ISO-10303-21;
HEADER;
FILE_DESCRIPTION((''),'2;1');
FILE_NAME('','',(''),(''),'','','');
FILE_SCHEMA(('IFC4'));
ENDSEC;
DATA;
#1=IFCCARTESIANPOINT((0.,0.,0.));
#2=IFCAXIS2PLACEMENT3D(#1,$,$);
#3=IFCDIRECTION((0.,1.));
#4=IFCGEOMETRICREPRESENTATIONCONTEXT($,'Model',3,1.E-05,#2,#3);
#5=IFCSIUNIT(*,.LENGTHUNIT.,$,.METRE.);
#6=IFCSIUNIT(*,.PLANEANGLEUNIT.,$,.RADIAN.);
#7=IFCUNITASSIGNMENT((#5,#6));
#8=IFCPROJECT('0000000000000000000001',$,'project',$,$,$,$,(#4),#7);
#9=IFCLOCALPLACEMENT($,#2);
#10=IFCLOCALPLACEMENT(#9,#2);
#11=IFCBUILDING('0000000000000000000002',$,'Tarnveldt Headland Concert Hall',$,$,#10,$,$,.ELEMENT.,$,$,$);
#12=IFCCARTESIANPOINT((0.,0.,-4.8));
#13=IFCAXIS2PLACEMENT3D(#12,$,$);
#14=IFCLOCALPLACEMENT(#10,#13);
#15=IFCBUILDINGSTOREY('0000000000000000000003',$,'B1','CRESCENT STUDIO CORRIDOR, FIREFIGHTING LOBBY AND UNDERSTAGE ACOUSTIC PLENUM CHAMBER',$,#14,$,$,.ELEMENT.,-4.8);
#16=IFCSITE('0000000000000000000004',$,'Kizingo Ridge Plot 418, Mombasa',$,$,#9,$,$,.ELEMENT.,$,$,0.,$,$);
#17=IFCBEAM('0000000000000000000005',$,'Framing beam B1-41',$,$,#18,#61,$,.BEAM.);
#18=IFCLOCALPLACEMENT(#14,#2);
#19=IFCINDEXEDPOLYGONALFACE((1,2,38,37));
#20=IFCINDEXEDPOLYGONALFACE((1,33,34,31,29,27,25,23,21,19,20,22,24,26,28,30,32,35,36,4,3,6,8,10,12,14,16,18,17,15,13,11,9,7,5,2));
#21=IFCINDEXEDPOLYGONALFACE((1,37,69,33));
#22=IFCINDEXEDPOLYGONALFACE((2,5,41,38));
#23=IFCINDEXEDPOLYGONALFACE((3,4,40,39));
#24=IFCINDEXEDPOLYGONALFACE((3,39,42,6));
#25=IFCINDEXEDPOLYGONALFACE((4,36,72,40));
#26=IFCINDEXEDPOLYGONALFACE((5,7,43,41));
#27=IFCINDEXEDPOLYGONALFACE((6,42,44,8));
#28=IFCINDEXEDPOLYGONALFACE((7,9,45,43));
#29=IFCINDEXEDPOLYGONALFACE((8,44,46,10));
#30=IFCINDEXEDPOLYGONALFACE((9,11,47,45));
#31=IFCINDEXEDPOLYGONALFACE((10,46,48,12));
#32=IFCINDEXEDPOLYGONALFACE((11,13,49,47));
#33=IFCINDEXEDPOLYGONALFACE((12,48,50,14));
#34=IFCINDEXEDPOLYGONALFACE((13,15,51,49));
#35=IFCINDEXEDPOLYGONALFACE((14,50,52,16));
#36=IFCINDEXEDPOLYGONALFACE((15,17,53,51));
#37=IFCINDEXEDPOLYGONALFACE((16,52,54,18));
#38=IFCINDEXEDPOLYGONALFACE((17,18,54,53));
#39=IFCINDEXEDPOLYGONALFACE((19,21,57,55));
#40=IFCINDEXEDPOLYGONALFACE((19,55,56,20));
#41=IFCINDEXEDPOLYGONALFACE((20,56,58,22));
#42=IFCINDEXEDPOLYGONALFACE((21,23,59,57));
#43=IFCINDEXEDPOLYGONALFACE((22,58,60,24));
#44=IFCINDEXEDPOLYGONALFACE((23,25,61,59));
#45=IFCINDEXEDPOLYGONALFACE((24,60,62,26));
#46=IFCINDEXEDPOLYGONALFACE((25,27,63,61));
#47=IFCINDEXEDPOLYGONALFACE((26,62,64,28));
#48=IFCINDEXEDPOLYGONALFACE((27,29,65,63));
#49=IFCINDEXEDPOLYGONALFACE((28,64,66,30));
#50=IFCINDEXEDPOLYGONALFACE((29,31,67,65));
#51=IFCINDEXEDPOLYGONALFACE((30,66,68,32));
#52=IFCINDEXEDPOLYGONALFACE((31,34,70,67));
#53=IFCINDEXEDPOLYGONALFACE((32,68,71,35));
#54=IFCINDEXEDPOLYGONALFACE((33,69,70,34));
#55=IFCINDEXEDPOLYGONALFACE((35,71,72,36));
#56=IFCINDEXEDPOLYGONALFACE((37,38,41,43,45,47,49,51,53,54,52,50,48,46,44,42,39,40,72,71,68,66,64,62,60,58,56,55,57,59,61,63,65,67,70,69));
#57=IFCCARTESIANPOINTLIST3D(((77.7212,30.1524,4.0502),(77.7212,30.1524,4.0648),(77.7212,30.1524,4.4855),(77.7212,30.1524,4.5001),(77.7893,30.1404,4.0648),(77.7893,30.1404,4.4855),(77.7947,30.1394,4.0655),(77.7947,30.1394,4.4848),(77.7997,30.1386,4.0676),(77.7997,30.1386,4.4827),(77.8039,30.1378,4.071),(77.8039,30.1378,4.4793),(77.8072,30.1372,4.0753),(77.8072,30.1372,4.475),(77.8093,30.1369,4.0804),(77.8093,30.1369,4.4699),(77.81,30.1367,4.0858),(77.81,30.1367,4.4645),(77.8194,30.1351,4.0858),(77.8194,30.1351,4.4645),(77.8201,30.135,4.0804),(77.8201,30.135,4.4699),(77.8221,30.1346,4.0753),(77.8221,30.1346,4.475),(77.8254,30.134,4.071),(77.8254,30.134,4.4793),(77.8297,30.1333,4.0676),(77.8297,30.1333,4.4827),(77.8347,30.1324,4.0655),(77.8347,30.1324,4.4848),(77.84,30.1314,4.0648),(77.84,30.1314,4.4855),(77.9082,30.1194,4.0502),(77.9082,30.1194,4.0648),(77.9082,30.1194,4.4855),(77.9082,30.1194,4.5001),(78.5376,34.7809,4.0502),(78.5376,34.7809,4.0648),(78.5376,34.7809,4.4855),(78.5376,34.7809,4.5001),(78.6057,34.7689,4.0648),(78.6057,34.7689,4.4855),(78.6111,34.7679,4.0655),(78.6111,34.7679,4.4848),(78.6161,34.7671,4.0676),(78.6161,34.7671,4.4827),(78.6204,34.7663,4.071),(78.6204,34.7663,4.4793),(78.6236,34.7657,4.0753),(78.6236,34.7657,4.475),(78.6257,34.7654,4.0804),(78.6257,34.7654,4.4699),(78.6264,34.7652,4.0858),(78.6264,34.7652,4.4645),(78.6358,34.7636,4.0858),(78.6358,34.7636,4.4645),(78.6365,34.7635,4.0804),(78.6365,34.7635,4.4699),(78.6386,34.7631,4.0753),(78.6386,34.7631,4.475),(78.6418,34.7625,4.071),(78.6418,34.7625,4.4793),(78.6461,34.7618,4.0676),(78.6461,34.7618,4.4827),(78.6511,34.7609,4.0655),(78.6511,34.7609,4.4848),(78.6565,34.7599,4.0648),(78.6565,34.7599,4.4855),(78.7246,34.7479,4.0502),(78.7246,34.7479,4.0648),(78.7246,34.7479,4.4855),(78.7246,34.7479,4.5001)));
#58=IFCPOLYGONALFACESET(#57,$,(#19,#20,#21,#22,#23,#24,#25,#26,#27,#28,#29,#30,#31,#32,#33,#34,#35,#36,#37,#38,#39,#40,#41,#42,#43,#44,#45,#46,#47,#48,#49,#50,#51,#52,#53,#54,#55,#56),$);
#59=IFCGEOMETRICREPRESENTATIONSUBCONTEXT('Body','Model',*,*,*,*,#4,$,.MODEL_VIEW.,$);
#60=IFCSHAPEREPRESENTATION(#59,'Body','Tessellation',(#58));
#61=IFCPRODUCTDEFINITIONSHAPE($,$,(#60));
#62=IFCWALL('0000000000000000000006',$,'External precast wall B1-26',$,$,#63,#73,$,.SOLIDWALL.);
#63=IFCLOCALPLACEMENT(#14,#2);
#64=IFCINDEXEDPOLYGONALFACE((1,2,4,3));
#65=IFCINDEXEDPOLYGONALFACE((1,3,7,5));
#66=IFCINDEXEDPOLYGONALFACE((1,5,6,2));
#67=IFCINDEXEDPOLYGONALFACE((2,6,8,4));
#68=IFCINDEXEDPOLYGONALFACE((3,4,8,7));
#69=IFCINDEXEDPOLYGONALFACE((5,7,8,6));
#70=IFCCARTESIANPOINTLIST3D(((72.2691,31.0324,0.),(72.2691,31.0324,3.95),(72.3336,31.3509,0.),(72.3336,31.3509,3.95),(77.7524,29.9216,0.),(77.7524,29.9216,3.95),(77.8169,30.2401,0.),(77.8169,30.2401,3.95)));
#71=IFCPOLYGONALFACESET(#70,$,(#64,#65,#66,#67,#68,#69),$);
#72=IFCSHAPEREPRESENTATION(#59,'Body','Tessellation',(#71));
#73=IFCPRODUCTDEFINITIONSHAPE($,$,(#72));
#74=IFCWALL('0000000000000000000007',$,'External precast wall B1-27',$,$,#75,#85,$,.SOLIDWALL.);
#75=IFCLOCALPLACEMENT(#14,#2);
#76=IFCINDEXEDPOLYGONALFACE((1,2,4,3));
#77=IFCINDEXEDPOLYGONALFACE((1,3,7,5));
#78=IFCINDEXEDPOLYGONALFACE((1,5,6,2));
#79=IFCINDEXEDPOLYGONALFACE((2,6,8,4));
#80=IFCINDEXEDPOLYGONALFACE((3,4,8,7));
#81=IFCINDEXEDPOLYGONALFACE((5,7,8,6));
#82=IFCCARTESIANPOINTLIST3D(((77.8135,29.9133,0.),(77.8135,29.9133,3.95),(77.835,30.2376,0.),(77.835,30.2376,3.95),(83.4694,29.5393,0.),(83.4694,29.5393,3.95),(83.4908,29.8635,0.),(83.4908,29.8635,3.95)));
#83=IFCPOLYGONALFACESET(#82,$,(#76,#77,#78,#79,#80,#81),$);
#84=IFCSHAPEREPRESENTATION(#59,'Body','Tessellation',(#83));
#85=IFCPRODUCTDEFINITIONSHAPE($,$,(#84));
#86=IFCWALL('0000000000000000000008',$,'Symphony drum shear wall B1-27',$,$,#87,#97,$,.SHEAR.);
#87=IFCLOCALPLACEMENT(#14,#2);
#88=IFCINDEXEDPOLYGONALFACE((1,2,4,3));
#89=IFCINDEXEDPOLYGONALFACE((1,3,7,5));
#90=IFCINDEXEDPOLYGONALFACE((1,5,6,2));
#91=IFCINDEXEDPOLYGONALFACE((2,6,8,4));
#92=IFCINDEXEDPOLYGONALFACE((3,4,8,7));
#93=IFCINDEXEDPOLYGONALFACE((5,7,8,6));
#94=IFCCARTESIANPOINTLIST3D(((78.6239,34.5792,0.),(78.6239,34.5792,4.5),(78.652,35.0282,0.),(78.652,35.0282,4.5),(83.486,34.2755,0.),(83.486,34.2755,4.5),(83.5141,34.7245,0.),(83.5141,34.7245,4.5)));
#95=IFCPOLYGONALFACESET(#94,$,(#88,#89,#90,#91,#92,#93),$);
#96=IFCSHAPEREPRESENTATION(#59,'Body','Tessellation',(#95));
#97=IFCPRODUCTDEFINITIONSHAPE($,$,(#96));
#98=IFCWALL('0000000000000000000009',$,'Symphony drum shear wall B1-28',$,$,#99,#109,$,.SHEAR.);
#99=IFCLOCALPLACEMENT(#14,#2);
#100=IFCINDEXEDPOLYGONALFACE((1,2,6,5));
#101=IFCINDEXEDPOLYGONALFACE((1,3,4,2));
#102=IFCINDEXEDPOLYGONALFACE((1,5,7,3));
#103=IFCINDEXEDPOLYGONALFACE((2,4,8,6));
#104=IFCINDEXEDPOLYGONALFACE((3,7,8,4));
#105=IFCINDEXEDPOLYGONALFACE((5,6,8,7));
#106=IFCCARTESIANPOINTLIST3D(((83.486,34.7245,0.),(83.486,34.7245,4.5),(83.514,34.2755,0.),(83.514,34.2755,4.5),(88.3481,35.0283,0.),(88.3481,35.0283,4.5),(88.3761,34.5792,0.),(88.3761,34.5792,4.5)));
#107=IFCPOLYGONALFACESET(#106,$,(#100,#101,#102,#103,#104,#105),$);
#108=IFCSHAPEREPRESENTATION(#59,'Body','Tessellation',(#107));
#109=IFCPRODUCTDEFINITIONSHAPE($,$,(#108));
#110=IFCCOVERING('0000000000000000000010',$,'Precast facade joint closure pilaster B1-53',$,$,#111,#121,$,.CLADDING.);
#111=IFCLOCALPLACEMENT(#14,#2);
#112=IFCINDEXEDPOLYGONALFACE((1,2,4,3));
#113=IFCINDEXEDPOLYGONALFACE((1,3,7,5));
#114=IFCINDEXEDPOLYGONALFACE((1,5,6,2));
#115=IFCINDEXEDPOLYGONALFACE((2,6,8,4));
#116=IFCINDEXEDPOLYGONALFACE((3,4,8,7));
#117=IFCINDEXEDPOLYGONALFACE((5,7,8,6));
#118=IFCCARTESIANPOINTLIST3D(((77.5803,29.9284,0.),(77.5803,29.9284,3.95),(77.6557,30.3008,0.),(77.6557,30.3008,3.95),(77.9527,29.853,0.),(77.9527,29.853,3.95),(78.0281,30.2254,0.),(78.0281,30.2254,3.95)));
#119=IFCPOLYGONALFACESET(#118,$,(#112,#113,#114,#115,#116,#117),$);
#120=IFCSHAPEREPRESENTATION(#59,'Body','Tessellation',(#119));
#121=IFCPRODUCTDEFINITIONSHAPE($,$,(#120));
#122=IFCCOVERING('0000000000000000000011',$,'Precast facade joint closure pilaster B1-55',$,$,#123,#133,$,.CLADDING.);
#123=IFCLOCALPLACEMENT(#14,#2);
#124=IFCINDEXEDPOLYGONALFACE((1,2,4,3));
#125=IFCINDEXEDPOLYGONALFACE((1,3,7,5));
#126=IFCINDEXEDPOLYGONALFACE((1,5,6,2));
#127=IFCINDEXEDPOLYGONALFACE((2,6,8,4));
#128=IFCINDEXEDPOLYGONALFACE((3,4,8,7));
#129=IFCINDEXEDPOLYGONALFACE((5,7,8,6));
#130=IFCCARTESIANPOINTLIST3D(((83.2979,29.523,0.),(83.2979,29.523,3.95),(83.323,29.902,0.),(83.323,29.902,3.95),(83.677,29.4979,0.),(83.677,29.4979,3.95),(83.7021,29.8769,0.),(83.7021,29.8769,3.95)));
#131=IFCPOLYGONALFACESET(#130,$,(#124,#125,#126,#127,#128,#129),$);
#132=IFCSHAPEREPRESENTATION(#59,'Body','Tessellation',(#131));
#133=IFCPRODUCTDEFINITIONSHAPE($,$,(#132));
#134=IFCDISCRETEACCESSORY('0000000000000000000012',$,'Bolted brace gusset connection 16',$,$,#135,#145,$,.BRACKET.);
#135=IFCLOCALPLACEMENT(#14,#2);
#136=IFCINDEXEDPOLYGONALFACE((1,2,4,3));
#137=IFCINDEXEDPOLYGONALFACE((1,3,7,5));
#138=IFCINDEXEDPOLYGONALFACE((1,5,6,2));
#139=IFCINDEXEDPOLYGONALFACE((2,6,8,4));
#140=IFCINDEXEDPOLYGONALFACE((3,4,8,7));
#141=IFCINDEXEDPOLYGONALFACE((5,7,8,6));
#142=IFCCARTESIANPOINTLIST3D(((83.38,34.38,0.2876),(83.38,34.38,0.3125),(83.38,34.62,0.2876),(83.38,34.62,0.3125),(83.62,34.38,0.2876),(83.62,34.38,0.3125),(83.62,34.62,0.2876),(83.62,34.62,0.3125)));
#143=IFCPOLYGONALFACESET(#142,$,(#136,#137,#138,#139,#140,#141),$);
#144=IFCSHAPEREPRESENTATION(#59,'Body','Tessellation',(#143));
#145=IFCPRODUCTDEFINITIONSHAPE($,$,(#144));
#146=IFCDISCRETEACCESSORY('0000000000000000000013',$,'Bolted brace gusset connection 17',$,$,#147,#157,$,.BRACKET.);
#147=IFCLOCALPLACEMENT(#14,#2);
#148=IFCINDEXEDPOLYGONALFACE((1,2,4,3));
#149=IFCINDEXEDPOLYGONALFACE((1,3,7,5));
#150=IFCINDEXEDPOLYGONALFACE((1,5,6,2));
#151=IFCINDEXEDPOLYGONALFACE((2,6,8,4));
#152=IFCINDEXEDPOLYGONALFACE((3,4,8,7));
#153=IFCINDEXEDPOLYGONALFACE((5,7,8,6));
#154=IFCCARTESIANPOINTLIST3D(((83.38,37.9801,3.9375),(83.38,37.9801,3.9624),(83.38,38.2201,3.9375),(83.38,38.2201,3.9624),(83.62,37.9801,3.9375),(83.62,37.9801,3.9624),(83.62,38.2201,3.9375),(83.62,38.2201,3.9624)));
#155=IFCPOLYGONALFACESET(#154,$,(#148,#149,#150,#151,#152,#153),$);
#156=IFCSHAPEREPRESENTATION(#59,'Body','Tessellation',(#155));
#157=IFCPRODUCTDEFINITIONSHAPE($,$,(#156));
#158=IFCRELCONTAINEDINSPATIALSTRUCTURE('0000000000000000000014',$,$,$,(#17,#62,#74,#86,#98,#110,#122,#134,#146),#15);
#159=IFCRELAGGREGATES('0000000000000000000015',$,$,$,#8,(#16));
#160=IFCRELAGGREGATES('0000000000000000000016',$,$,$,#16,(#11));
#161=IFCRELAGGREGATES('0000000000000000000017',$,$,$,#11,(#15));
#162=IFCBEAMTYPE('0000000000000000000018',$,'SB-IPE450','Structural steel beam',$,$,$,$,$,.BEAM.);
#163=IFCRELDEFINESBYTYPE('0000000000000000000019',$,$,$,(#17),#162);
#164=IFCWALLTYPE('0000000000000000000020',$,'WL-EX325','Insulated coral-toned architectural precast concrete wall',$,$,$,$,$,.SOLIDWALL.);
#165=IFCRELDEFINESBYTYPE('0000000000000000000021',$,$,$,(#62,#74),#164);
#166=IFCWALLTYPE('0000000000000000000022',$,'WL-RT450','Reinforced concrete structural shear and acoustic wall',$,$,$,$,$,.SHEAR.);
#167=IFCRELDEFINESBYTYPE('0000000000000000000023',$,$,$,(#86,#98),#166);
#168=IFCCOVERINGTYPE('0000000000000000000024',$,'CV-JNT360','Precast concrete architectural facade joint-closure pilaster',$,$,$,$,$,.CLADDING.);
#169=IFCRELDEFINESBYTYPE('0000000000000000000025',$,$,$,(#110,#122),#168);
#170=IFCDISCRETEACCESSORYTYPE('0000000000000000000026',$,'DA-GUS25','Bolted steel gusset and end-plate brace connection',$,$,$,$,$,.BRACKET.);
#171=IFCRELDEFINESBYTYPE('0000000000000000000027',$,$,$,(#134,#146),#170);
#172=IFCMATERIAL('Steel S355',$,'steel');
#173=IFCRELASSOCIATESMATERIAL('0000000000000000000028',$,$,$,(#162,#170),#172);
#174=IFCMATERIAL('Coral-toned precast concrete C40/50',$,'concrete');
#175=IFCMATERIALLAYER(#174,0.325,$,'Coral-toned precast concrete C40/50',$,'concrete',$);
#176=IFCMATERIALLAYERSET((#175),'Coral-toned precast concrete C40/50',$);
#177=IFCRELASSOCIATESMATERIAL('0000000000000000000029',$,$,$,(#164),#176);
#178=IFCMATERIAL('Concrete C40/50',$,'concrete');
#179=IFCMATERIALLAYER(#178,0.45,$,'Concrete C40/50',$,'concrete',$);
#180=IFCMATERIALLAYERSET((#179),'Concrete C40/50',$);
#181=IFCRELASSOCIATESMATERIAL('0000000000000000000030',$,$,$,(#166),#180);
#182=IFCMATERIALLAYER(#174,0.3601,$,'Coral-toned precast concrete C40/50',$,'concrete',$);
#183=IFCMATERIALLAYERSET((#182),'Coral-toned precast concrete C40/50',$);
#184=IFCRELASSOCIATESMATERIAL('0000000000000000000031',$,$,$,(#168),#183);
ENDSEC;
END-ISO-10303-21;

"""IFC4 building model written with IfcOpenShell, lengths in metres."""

from ifc_helpers import new_model, si_unit, direction, frame, frame_2d, origin, origin_2d, place, context, subcontext, project, spatial, rectangle, i_section, extrude, material, layer, layer_set, material_profile, profile_set, type_object, element, save


model = new_model("IFC4")

# Units and contexts
model_context = context("Model", 3, precision=1e-05, world=origin(), true_north=direction((0.0, 1.0)))
body_context = subcontext(model_context, "Body", "Model", "MODEL_VIEW")
ifc_project = project(units=[si_unit("LENGTHUNIT", "METRE"), si_unit("PLANEANGLEUNIT", "RADIAN")], contexts=[model_context])

# Site, building, storey
site_placement = place(None, origin())
site = spatial("IfcSite", under=ifc_project, at=site_placement, Name="Kizingo Ridge Plot 418, Mombasa", CompositionType="ELEMENT", RefElevation=0.0)
building_placement = place(site_placement, origin())
building = spatial("IfcBuilding", under=site, at=building_placement, Name="Tarnveldt Headland Concert Hall", CompositionType="ELEMENT")
storey_placement = place(building_placement, frame((0.0, 0.0, -4.8)))
storey = spatial("IfcBuildingStorey", under=building, at=storey_placement, Name="B1", Description="CRESCENT STUDIO CORRIDOR, FIREFIGHTING LOBBY AND UNDERSTAGE ACOUSTIC PLENUM CHAMBER", CompositionType="ELEMENT", Elevation=-4.8)

# Shared definitions
ifc_material_1 = material(Name="Concrete C40/50", Category="concrete")

# Shared definitions
ifc_material_2 = material(Name="Steel S355", Category="steel")

# Beam
ifc_material_profile_1 = material_profile(ifc_material_2, i_section(OverallWidth=0.1899, OverallDepth=0.45, WebThickness=0.0095, FlangeThickness=0.0146, FilletRadius=0.021, at=origin_2d()), Name="IPE450", Category="steel")
ifc_profile_set_1 = profile_set([ifc_material_profile_1], Name="Steel S355")
beam_type_1 = type_object("IfcBeamType", Name="SB-IPE450", Description="Structural steel beam", PredefinedType="BEAM", material=ifc_profile_set_1)
beam_1_placement = place(storey_placement, frame((78.6311, 34.7644, 4.2751), z_axis=(-0.173708, -0.984797, 0.0), x_axis=(0.984797, -0.173708, 0.0)))
element("IfcBeam", 1, at=beam_1_placement, inside=storey, type_object=beam_type_1, Name="Framing beam B1-41", PredefinedType="BEAM", context=body_context, shape_type="SweptSolid", body=[
    extrude(i_section(OverallWidth=0.1899, OverallDepth=0.45, WebThickness=0.0095, FlangeThickness=0.0146, FilletRadius=0.021, at=origin_2d()), origin(), (0.0, 0.0, 1.0), 4.7),
])

# Walls
ifc_material_3 = material(Name="Coral-toned precast concrete C40/50", Category="concrete")
ifc_layer_1 = layer(ifc_material_3, 0.325, Name="Coral-toned precast concrete C40/50", Category="concrete")
ifc_layer_set_1 = layer_set([ifc_layer_1], Name="Coral-toned precast concrete C40/50")
wall_type_1 = type_object("IfcWallType", Name="WL-EX325", Description="Insulated coral-toned architectural precast concrete wall", PredefinedType="SOLIDWALL", material=ifc_layer_set_1)
wall_1_placement = place(storey_placement, frame((77.7847, 30.0808, 0.0), z_axis=(0.0, 0.0, 1.0), x_axis=(-0.980091, 0.198549, 0.0)))
element("IfcWall", 2, at=wall_1_placement, inside=storey, type_object=wall_type_1, Name="External precast wall B1-26", PredefinedType="SOLIDWALL", context=body_context, shape_type="SweptSolid", body=[
    extrude(rectangle(XDim=5.5947, YDim=0.325, at=frame_2d((2.7974, 0.0))), origin(), (0.0, 0.0, 1.0), 3.95),
])
wall_2_placement = place(storey_placement, frame((83.48, 29.7014, 0.0), z_axis=(0.0, 0.0, 1.0), x_axis=(-0.99782, 0.065987, 0.0)))
element("IfcWall", 3, at=wall_2_placement, inside=storey, type_object=wall_type_1, Name="External precast wall B1-27", PredefinedType="SOLIDWALL", context=body_context, shape_type="SweptSolid", body=[
    extrude(rectangle(XDim=5.6682, YDim=0.325, at=frame_2d((2.834, 0.0))), origin(), (0.0, 0.0, 1.0), 3.95),
])
ifc_layer_2 = layer(ifc_material_1, 0.45, Name="Concrete C40/50", Category="concrete")
ifc_layer_set_2 = layer_set([ifc_layer_2], Name="Concrete C40/50")
wall_type_2 = type_object("IfcWallType", Name="WL-RT450", Description="Reinforced concrete structural shear and acoustic wall", PredefinedType="SHEAR", material=ifc_layer_set_2)
for number, where, z_axis, x_axis, name in (
    (4, (78.6379, 34.8037, 0.0), (0.0, 0.0, 1.0), (0.998055, -0.062344, 0.0), "Symphony drum shear wall B1-27"),
    (5, (83.5, 34.5, 0.0), (0.0, 0.0, 1.0), (0.998055, 0.062344, 0.0), "Symphony drum shear wall B1-28"),
):
    element("IfcWall", number, at=place(storey_placement, frame(where, z_axis=z_axis, x_axis=x_axis)), inside=storey, type_object=wall_type_2, Name=name, PredefinedType="SHEAR", context=body_context, shape_type="SweptSolid", body=[
        extrude(rectangle(XDim=4.8716, YDim=0.45, at=frame_2d((2.4358, 0.0))), origin(), (0.0, 0.0, 1.0), 4.5),
    ])

# Coverings
ifc_layer_3 = layer(ifc_material_3, 0.3601, Name="Coral-toned precast concrete C40/50", Category="concrete")
ifc_layer_set_3 = layer_set([ifc_layer_3], Name="Coral-toned precast concrete C40/50")
covering_type = type_object("IfcCoveringType", Name="CV-JNT360", Description="Precast concrete architectural facade joint-closure pilaster", PredefinedType="CLADDING", material=ifc_layer_set_3)
for number, where, z_axis, x_axis, name in (
    (6, (77.8042, 30.0769, 0.0), (0.0, 0.0, 1.0), (-0.980098, 0.198513, 0.0), "Precast facade joint closure pilaster B1-53"),
    (7, (83.5, 29.7, 0.0), (0.0, 0.0, 1.0), (-0.997813, 0.0661, 0.0), "Precast facade joint closure pilaster B1-55"),
):
    element("IfcCovering", number, at=place(storey_placement, frame(where, z_axis=z_axis, x_axis=x_axis)), inside=storey, type_object=covering_type, Name=name, PredefinedType="CLADDING", context=body_context, shape_type="SweptSolid", body=[
        extrude(rectangle(XDim=0.3799, YDim=0.3799, at=origin_2d()), origin(), (0.0, 0.0, 1.0), 3.95),
    ])

# Discrete accessories
discrete_accessory_type = type_object("IfcDiscreteAccessoryType", Name="DA-GUS25", Description="Bolted steel gusset and end-plate brace connection", PredefinedType="BRACKET", material=ifc_material_2)
for number, where, z_axis, x_axis, name in (
    (8, (83.5, 34.5, 0.2876), (0.0, 0.0, 1.0), (1.0, 0.0, 0.0), "Bolted brace gusset connection 16"),
    (9, (83.5, 38.1001, 3.9375), (0.0, 0.0, 1.0), (1.0, 0.0, 0.0), "Bolted brace gusset connection 17"),
):
    element("IfcDiscreteAccessory", number, at=place(storey_placement, frame(where, z_axis=z_axis, x_axis=x_axis)), inside=storey, type_object=discrete_accessory_type, Name=name, PredefinedType="BRACKET", context=body_context, shape_type="SweptSolid", body=[
        extrude(rectangle(XDim=0.24, YDim=0.24, at=origin_2d()), origin(), (0.0, 0.0, 1.0), 0.0249),
    ])

save(model, "model.ifc")
